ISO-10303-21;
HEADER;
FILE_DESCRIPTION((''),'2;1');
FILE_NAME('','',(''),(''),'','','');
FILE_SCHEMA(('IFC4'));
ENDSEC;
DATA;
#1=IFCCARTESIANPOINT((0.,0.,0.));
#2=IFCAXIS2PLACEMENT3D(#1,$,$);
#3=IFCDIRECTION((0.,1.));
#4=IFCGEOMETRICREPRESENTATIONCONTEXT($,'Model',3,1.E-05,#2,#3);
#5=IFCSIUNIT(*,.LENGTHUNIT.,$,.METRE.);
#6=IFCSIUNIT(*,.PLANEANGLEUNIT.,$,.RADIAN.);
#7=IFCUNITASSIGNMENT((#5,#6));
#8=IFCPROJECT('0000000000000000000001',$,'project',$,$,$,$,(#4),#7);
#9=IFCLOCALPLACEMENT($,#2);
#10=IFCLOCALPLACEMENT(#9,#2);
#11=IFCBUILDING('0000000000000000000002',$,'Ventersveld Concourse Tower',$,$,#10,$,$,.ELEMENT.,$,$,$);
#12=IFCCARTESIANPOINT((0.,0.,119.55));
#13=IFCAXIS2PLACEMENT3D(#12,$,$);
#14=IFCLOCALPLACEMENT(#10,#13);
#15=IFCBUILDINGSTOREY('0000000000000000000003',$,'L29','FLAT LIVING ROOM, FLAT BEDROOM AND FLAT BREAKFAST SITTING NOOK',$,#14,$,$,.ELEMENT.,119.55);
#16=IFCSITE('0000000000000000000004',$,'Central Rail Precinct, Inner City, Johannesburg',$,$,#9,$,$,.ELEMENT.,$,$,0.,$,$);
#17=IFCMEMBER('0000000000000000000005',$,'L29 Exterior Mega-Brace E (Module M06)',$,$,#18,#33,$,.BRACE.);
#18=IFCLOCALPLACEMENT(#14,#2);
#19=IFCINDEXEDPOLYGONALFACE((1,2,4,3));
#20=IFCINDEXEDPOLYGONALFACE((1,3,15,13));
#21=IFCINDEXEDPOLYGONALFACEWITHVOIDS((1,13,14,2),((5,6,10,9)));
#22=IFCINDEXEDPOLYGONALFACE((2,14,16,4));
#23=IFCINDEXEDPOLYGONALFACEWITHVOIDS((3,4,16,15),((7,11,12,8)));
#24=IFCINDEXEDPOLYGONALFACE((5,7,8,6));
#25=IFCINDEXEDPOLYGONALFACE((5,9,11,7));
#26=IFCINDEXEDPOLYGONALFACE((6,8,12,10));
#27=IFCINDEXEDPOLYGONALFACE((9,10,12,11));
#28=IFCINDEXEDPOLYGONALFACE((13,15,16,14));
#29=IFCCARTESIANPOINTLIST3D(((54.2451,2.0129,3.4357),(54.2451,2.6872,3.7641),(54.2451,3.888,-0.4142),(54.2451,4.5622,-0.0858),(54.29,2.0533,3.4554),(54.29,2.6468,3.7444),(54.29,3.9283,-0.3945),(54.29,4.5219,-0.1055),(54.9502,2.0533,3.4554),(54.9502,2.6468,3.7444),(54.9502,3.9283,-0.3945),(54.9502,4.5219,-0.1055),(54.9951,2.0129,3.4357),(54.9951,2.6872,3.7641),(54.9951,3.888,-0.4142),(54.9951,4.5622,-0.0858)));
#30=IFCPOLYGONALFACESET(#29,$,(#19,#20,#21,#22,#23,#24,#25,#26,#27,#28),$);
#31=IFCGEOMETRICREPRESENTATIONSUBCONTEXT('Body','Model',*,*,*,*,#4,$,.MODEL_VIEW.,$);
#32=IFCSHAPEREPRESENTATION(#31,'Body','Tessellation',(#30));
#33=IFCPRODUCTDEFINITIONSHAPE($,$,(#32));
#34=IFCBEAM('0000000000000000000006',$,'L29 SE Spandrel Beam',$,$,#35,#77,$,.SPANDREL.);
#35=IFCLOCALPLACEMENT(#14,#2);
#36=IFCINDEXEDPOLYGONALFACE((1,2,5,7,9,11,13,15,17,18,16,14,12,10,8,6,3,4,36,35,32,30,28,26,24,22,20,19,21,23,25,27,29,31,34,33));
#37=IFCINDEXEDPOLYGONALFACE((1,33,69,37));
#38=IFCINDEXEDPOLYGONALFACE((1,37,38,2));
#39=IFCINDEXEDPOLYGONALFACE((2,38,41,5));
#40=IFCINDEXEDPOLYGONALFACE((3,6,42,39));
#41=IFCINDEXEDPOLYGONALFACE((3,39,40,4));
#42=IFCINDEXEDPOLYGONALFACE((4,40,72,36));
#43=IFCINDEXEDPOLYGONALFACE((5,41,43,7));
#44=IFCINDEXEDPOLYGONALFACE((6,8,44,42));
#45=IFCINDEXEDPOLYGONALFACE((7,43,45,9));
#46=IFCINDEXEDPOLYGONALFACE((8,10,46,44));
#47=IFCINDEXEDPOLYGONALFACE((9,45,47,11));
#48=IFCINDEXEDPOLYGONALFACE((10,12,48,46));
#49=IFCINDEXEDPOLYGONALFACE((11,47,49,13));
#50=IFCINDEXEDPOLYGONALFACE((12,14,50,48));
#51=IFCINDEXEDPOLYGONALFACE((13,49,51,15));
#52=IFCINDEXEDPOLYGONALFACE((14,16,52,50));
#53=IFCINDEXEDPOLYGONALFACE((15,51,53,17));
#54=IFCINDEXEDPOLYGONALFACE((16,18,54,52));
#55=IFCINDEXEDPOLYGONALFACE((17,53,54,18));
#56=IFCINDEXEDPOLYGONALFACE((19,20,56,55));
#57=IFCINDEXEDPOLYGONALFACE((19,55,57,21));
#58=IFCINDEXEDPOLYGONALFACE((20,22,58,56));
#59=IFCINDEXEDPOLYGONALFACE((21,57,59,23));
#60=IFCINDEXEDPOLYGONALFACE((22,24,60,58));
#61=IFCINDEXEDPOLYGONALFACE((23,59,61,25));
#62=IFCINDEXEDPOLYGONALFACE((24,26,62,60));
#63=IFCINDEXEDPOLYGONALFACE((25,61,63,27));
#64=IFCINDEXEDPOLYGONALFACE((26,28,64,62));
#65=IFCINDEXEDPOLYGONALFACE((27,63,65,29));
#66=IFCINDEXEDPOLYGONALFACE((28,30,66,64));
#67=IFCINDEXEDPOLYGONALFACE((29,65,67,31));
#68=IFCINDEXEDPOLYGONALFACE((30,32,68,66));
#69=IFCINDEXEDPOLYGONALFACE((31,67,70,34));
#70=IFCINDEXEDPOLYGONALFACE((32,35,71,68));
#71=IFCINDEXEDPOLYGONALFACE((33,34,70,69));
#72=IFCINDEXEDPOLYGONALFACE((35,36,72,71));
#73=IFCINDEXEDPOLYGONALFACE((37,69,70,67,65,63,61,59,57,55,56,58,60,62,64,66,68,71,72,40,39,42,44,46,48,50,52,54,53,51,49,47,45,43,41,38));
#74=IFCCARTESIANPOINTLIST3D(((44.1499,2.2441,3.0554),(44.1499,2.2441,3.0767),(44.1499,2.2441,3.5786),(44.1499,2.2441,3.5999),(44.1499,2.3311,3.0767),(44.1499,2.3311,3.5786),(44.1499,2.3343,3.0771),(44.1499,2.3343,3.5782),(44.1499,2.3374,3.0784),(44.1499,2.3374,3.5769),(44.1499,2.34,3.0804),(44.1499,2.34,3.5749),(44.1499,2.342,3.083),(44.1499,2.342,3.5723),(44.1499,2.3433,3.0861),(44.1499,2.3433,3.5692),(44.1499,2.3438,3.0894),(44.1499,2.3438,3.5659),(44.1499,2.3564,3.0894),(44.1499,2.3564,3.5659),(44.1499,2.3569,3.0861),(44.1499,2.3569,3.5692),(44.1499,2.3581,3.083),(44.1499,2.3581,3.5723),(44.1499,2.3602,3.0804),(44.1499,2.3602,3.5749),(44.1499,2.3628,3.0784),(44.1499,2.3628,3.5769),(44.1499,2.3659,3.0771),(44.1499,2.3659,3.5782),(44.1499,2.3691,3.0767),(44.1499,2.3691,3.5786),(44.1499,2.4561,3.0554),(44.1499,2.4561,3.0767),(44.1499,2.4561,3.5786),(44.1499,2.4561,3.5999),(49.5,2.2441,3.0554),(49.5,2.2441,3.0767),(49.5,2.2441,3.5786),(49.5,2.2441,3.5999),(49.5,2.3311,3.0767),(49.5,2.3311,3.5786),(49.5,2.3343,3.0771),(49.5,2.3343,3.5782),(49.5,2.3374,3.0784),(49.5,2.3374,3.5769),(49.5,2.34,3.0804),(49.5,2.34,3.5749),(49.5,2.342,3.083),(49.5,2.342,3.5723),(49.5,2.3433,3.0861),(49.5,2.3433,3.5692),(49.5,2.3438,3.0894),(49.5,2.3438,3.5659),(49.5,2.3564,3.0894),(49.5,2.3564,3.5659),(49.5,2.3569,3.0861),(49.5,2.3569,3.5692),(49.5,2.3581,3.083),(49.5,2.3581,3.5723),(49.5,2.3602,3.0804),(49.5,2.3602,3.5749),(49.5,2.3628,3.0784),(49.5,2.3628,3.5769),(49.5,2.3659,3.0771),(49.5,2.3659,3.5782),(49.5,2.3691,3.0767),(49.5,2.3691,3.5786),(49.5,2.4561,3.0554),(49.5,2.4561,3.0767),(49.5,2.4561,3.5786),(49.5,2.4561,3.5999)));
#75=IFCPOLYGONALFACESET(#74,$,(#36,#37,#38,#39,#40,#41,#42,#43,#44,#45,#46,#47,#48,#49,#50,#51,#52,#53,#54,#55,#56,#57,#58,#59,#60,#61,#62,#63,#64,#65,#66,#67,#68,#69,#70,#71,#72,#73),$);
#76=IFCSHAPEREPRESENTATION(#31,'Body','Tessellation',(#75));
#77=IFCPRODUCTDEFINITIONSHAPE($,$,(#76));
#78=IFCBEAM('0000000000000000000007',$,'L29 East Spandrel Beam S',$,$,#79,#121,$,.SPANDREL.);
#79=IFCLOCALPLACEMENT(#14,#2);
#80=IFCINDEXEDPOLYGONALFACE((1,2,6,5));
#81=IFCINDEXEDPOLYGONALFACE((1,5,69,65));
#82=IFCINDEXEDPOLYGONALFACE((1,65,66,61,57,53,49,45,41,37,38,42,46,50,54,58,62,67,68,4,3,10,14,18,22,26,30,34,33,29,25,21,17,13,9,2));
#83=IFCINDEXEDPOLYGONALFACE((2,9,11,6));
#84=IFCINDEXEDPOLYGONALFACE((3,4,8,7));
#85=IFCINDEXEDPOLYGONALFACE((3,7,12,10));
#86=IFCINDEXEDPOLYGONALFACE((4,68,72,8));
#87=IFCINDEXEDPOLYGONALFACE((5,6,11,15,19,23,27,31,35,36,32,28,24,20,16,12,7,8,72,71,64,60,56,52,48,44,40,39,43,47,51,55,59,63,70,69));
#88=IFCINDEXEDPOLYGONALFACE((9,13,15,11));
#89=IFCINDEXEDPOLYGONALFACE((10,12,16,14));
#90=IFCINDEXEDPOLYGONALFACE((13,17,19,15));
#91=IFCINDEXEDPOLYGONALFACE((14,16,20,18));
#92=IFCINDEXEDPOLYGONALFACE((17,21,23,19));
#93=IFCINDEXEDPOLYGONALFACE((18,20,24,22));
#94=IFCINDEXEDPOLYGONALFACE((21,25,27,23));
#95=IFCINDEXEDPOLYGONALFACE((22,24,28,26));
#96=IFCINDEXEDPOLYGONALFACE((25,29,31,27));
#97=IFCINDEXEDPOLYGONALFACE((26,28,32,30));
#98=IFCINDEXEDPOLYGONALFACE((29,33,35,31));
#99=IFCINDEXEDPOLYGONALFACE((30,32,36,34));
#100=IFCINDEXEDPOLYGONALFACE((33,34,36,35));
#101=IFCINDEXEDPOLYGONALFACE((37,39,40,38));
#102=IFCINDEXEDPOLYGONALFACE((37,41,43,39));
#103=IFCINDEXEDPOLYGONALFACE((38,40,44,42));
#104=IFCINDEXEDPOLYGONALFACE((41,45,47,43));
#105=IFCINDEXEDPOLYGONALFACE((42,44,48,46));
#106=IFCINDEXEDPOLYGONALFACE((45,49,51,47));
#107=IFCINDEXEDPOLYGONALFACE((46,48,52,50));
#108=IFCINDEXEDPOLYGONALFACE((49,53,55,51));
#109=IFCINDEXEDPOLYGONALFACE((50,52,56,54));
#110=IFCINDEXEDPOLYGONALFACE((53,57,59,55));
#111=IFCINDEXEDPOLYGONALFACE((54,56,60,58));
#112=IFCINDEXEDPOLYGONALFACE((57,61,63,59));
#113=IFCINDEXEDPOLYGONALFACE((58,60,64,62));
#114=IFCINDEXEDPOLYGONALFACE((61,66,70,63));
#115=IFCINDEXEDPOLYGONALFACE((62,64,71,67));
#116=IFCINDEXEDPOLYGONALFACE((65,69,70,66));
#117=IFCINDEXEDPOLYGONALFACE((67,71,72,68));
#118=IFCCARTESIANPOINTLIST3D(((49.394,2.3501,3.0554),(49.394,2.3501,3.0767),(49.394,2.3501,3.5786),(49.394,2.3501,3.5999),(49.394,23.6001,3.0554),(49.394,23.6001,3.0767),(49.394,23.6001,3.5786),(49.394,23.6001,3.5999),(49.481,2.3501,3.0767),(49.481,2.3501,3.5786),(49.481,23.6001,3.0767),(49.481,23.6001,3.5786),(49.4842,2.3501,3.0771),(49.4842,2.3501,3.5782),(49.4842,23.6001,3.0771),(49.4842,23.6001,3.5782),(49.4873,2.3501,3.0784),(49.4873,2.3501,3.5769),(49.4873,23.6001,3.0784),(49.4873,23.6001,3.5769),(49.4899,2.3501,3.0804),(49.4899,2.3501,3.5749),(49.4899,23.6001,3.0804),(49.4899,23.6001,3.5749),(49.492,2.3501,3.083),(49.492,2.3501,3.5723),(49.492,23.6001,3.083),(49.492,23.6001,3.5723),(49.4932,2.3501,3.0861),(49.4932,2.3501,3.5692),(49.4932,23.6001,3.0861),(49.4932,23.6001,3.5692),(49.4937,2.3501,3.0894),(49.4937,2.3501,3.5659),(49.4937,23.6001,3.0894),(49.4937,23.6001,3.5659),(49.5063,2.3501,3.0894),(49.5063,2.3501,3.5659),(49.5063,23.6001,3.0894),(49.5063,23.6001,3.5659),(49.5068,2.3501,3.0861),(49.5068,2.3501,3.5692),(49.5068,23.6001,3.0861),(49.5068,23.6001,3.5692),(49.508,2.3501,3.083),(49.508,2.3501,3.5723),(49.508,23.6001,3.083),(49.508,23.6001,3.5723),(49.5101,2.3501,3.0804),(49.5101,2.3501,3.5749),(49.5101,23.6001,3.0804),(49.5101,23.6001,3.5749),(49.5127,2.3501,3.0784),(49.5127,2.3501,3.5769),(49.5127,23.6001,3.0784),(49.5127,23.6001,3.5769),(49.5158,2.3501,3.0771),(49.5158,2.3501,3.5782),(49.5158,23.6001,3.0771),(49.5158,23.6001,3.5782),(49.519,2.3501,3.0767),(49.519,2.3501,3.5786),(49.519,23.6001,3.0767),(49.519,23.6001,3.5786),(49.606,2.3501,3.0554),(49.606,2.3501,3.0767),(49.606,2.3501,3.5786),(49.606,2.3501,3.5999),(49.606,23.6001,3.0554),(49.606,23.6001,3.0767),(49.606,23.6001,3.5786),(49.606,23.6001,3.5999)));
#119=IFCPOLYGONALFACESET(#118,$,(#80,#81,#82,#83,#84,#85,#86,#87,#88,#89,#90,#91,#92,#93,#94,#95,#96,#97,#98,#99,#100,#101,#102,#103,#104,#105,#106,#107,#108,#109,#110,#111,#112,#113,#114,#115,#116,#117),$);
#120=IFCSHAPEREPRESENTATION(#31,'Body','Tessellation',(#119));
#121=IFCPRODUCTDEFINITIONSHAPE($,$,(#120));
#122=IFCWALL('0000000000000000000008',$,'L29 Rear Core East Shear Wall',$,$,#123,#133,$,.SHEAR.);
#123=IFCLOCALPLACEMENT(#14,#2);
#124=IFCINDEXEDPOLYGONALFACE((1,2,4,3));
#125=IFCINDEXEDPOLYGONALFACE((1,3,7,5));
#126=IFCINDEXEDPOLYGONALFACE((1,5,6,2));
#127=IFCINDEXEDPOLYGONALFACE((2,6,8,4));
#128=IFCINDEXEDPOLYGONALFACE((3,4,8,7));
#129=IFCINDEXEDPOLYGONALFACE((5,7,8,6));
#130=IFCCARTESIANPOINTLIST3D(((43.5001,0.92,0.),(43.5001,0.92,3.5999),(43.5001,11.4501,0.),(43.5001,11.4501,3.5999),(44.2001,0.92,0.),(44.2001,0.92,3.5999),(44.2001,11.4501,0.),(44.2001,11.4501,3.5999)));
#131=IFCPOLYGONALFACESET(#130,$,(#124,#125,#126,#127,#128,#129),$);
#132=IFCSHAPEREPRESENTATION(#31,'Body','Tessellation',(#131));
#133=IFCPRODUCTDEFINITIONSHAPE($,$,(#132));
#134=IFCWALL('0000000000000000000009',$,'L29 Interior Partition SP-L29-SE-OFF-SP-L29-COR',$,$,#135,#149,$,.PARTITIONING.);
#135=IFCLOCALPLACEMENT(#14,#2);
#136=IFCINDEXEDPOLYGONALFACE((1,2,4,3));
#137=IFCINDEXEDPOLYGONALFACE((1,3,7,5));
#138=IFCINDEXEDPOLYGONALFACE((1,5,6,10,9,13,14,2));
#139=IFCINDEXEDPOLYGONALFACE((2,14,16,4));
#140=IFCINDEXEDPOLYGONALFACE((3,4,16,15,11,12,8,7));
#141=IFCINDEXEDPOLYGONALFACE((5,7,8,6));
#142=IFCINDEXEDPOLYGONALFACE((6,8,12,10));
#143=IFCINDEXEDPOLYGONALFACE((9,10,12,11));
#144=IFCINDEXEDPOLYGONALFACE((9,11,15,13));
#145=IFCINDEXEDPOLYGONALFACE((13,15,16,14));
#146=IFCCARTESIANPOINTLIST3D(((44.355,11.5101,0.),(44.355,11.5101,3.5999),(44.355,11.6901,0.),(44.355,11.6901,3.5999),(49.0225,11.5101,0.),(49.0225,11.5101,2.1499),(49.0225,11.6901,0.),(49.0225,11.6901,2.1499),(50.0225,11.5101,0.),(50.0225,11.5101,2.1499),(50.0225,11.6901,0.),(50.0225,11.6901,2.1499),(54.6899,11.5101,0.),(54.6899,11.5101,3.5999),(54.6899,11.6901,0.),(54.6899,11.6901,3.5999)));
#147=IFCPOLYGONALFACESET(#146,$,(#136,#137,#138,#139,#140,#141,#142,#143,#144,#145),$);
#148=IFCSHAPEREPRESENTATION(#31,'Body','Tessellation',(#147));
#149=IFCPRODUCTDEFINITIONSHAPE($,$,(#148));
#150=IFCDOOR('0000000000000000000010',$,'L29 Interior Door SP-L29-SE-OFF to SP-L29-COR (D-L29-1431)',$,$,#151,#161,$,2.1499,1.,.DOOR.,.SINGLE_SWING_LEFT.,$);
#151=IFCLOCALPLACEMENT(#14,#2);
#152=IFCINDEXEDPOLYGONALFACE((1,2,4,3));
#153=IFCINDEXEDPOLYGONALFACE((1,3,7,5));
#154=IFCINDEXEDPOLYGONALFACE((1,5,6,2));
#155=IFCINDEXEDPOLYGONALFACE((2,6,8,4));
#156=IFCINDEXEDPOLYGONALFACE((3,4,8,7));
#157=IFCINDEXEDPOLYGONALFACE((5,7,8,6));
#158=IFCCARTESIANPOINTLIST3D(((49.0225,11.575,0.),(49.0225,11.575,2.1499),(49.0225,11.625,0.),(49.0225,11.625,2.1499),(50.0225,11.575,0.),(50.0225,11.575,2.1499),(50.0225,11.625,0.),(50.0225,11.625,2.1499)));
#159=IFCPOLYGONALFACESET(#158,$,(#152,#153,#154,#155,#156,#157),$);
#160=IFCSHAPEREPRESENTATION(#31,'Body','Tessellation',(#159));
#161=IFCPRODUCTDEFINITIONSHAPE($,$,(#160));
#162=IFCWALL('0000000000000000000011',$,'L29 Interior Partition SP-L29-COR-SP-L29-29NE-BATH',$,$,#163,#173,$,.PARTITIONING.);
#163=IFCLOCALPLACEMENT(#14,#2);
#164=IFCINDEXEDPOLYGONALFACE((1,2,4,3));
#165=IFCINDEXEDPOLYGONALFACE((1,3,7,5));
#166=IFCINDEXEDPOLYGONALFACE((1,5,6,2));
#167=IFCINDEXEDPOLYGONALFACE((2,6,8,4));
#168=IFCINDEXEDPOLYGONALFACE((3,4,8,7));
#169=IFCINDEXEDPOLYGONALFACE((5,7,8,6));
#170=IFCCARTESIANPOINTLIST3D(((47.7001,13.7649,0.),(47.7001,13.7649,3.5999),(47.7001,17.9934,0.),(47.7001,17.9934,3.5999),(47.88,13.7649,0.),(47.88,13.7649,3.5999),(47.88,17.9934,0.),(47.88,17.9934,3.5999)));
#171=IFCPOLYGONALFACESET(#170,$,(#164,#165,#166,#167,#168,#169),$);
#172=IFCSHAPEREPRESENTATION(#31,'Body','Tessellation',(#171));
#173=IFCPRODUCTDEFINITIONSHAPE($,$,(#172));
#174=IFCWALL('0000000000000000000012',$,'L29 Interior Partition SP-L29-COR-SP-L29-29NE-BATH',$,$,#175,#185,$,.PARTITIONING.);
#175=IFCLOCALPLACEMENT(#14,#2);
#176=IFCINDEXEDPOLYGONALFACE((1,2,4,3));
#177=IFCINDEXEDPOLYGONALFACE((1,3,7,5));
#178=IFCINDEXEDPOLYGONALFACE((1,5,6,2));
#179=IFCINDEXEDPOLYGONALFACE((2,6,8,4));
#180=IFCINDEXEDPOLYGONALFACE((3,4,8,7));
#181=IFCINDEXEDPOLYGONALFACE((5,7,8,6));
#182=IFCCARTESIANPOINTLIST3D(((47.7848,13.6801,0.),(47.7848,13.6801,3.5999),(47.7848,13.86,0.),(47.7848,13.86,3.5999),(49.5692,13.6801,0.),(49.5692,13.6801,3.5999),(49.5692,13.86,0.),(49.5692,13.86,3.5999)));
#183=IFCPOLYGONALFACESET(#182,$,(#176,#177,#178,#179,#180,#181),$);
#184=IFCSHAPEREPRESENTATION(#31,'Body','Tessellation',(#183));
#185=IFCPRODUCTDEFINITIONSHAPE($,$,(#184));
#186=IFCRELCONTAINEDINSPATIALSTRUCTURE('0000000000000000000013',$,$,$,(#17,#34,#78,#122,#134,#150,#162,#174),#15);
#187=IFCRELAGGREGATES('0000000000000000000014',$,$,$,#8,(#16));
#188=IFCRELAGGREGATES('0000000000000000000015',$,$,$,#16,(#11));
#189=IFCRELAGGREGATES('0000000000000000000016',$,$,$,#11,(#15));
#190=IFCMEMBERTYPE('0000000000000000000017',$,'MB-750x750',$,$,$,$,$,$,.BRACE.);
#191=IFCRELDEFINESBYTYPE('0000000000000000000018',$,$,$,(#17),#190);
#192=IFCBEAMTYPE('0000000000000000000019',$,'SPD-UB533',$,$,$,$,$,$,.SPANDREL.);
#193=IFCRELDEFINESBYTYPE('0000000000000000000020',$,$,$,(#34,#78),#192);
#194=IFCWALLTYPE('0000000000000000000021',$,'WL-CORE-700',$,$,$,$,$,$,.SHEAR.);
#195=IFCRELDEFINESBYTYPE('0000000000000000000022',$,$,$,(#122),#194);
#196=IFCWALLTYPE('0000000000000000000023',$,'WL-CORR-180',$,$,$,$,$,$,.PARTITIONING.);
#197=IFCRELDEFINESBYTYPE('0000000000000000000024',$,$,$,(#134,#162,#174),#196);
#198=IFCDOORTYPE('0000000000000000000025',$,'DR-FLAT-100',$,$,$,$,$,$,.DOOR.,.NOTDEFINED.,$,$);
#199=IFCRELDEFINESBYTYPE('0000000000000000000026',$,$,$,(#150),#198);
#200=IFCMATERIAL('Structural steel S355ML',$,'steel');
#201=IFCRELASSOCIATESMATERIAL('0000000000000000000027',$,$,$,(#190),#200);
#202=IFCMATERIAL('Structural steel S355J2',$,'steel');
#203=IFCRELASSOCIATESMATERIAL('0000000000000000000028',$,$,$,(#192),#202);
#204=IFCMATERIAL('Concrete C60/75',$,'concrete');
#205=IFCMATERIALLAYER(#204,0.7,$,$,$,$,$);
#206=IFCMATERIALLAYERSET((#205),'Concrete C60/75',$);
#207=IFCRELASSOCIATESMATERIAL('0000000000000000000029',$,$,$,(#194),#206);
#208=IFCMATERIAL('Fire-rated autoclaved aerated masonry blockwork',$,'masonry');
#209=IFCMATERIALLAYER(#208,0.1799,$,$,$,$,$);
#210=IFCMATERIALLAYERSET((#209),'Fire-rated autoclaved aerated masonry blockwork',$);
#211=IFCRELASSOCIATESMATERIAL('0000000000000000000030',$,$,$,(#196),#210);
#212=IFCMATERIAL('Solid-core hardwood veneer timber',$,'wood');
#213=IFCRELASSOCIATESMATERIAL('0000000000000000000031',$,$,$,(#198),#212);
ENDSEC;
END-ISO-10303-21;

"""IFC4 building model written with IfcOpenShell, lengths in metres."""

from ifc_helpers import new_model, si_unit, direction, frame, frame_2d, origin, origin_2d, place, context, subcontext, project, spatial, rectangle, hollow_rectangle, i_section, extrude, material, layer, layer_set, material_profile, profile_set, type_object, element, fill, save


model = new_model("IFC4")

# Units and contexts
model_context = context("Model", 3, precision=1e-05, world=origin(), true_north=direction((0.0, 1.0)))
body_context = subcontext(model_context, "Body", "Model", "MODEL_VIEW")
ifc_project = project(units=[si_unit("LENGTHUNIT", "METRE"), si_unit("PLANEANGLEUNIT", "RADIAN")], contexts=[model_context])

# Site, building, storey
site_placement = place(None, origin())
site = spatial("IfcSite", under=ifc_project, at=site_placement, Name="Central Rail Precinct, Inner City, Johannesburg", CompositionType="ELEMENT", RefElevation=0.0)
building_placement = place(site_placement, origin())
building = spatial("IfcBuilding", under=site, at=building_placement, Name="Ventersveld Concourse Tower", CompositionType="ELEMENT")
storey_placement = place(building_placement, frame((0.0, 0.0, 119.55)))
storey = spatial("IfcBuildingStorey", under=building, at=storey_placement, Name="L29", Description="FLAT LIVING ROOM, FLAT BEDROOM AND FLAT BREAKFAST SITTING NOOK", CompositionType="ELEMENT", Elevation=119.55)

# Shared definitions
ifc_material_1 = material(Name="Structural steel S355J2", Category="steel")

# Member
ifc_material_2 = material(Name="Structural steel S355ML", Category="steel")
ifc_material_profile_1 = material_profile(ifc_material_2, hollow_rectangle(XDim=0.75, YDim=0.75, WallThickness=0.0449, at=origin_2d()), Name="BOX 750x750x45")
ifc_profile_set_1 = profile_set([ifc_material_profile_1], Name="Structural steel S355ML")
member_type = type_object("IfcMemberType", Name="MB-750x750", PredefinedType="BRACE", material=ifc_profile_set_1)
member_placement = place(storey_placement, frame((54.6201, 4.2251, -0.25), z_axis=(0.0, -0.437862, 0.899042), x_axis=(1.0, 0.0, 0.0)))
element("IfcMember", 1, at=member_placement, inside=storey, type_object=member_type, Name="L29 Exterior Mega-Brace E (Module M06)", PredefinedType="BRACE", context=body_context, shape_type="SweptSolid", body=[
    extrude(hollow_rectangle(XDim=0.75, YDim=0.75, WallThickness=0.0449, at=origin_2d()), origin(), (0.0, 0.0, 1.0), 4.2822),
])

# Beams
ifc_material_profile_2 = material_profile(ifc_material_1, i_section(OverallWidth=0.2119, OverallDepth=0.5444, WebThickness=0.0127, FlangeThickness=0.0212, FilletRadius=0.0127, at=origin_2d()), Name="UB 533x210x122")
ifc_profile_set_2 = profile_set([ifc_material_profile_2], Name="Structural steel S355J2")
beam_type_1 = type_object("IfcBeamType", Name="SPD-UB533", PredefinedType="SPANDREL", material=ifc_profile_set_2)
beam_1_placement = place(storey_placement, frame((44.1499, 2.3501, 3.3276), z_axis=(1.0, 0.0, 0.0), x_axis=(0.0, 1.0, 0.0)))
element("IfcBeam", 2, at=beam_1_placement, inside=storey, type_object=beam_type_1, Name="L29 SE Spandrel Beam", PredefinedType="SPANDREL", context=body_context, shape_type="SweptSolid", body=[
    extrude(i_section(OverallWidth=0.2119, OverallDepth=0.5444, WebThickness=0.0127, FlangeThickness=0.0212, FilletRadius=0.0127, at=origin_2d()), origin(), (0.0, 0.0, 1.0), 5.3501),
])
beam_2_placement = place(storey_placement, frame((49.5, 2.3501, 3.3276), z_axis=(0.0, 1.0, 0.0), x_axis=(-1.0, 0.0, 0.0)))
element("IfcBeam", 3, at=beam_2_placement, inside=storey, type_object=beam_type_1, Name="L29 East Spandrel Beam S", PredefinedType="SPANDREL", context=body_context, shape_type="SweptSolid", body=[
    extrude(i_section(OverallWidth=0.2119, OverallDepth=0.5444, WebThickness=0.0127, FlangeThickness=0.0212, FilletRadius=0.0127, at=origin_2d()), origin(), (0.0, 0.0, 1.0), 21.25),
])

# Wall
ifc_material_3 = material(Name="Concrete C60/75", Category="concrete")
ifc_layer_1 = layer(ifc_material_3, 0.7)
ifc_layer_set_1 = layer_set([ifc_layer_1], Name="Concrete C60/75")
wall_type_1 = type_object("IfcWallType", Name="WL-CORE-700", PredefinedType="SHEAR", material=ifc_layer_set_1)
wall_1_placement = place(storey_placement, frame((43.8501, 0.9199, 0.0), z_axis=(0.0, 0.0, 1.0), x_axis=(0.0, 1.0, 0.0)))
element("IfcWall", 4, at=wall_1_placement, inside=storey, type_object=wall_type_1, Name="L29 Rear Core East Shear Wall", PredefinedType="SHEAR", context=body_context, shape_type="SweptSolid", body=[
    extrude(rectangle(XDim=10.53, YDim=0.7, at=frame_2d((5.2651, 0.0))), origin(), (0.0, 0.0, 1.0), 3.5999),
])

# Wall, opening, door
ifc_material_4 = material(Name="Fire-rated autoclaved aerated masonry blockwork", Category="masonry")
ifc_layer_2 = layer(ifc_material_4, 0.1799)
ifc_layer_set_2 = layer_set([ifc_layer_2], Name="Fire-rated autoclaved aerated masonry blockwork")
wall_type_2 = type_object("IfcWallType", Name="WL-CORR-180", PredefinedType="PARTITIONING", material=ifc_layer_set_2)
wall_2_placement = place(storey_placement, frame((44.355, 11.6001, 0.0), z_axis=(0.0, 0.0, 1.0), x_axis=(1.0, 0.0, 0.0)))
wall_2 = element("IfcWall", 5, at=wall_2_placement, inside=storey, type_object=wall_type_2, Name="L29 Interior Partition SP-L29-SE-OFF-SP-L29-COR", PredefinedType="PARTITIONING", context=body_context, shape_type="SweptSolid", body=[
    extrude(rectangle(XDim=10.335, YDim=0.1799, at=frame_2d((5.1675, 0.0))), origin(), (0.0, 0.0, 1.0), 3.5999),
])
opening_1_placement = place(wall_2_placement, frame((4.6675, 0.0, 0.0)))
opening_1 = element("IfcOpeningElement", 6, at=opening_1_placement, cuts=wall_2, PredefinedType="OPENING", context=body_context, shape_type="SweptSolid", body=[
    extrude(rectangle(XDim=1.0, YDim=2.1499, at=frame_2d((0.5, 1.075))), frame((0.0, 0.1001, 0.0), z_axis=(0.0, -1.0, 0.0), x_axis=(1.0, 0.0, 0.0)), (0.0, 0.0, 1.0), 0.2),
])
ifc_material_5 = material(Name="Solid-core hardwood veneer timber", Category="wood")
door_type_1 = type_object("IfcDoorType", Name="DR-FLAT-100", OperationType="NOTDEFINED", PredefinedType="DOOR", material=ifc_material_5)
door_1_placement = place(opening_1_placement, origin())
door_1 = element("IfcDoor", 7, at=door_1_placement, inside=storey, type_object=door_type_1, Name="L29 Interior Door SP-L29-SE-OFF to SP-L29-COR (D-L29-1431)", OperationType="SINGLE_SWING_LEFT", OverallHeight=2.1499, OverallWidth=1.0, PredefinedType="DOOR", context=body_context, shape_type="SweptSolid", body=[
    extrude(rectangle(XDim=1.0, YDim=2.1499, at=frame_2d((0.5, 1.075))), frame((0.0, 0.0249, 0.0), z_axis=(0.0, -1.0, 0.0), x_axis=(1.0, 0.0, 0.0)), (0.0, 0.0, 1.0), 0.05),
])
fill(opening_1, door_1)

# Walls
wall_3_placement = place(storey_placement, frame((47.79, 13.7649, 0.0), z_axis=(0.0, 0.0, 1.0), x_axis=(0.0, 1.0, 0.0)))
element("IfcWall", 8, at=wall_3_placement, inside=storey, type_object=wall_type_2, Name="L29 Interior Partition SP-L29-COR-SP-L29-29NE-BATH", PredefinedType="PARTITIONING", context=body_context, shape_type="SweptSolid", body=[
    extrude(rectangle(XDim=4.2285, YDim=0.1799, at=frame_2d((2.1143, 0.0))), origin(), (0.0, 0.0, 1.0), 3.5999),
])
wall_4_placement = place(storey_placement, frame((47.7849, 13.77, 0.0), z_axis=(0.0, 0.0, 1.0), x_axis=(1.0, 0.0, 0.0)))
element("IfcWall", 9, at=wall_4_placement, inside=storey, type_object=wall_type_2, Name="L29 Interior Partition SP-L29-COR-SP-L29-29NE-BATH", PredefinedType="PARTITIONING", context=body_context, shape_type="SweptSolid", body=[
    extrude(rectangle(XDim=1.7844, YDim=0.1799, at=frame_2d((0.8921, 0.0))), origin(), (0.0, 0.0, 1.0), 3.5999),
])

save(model, "model.ifc")
